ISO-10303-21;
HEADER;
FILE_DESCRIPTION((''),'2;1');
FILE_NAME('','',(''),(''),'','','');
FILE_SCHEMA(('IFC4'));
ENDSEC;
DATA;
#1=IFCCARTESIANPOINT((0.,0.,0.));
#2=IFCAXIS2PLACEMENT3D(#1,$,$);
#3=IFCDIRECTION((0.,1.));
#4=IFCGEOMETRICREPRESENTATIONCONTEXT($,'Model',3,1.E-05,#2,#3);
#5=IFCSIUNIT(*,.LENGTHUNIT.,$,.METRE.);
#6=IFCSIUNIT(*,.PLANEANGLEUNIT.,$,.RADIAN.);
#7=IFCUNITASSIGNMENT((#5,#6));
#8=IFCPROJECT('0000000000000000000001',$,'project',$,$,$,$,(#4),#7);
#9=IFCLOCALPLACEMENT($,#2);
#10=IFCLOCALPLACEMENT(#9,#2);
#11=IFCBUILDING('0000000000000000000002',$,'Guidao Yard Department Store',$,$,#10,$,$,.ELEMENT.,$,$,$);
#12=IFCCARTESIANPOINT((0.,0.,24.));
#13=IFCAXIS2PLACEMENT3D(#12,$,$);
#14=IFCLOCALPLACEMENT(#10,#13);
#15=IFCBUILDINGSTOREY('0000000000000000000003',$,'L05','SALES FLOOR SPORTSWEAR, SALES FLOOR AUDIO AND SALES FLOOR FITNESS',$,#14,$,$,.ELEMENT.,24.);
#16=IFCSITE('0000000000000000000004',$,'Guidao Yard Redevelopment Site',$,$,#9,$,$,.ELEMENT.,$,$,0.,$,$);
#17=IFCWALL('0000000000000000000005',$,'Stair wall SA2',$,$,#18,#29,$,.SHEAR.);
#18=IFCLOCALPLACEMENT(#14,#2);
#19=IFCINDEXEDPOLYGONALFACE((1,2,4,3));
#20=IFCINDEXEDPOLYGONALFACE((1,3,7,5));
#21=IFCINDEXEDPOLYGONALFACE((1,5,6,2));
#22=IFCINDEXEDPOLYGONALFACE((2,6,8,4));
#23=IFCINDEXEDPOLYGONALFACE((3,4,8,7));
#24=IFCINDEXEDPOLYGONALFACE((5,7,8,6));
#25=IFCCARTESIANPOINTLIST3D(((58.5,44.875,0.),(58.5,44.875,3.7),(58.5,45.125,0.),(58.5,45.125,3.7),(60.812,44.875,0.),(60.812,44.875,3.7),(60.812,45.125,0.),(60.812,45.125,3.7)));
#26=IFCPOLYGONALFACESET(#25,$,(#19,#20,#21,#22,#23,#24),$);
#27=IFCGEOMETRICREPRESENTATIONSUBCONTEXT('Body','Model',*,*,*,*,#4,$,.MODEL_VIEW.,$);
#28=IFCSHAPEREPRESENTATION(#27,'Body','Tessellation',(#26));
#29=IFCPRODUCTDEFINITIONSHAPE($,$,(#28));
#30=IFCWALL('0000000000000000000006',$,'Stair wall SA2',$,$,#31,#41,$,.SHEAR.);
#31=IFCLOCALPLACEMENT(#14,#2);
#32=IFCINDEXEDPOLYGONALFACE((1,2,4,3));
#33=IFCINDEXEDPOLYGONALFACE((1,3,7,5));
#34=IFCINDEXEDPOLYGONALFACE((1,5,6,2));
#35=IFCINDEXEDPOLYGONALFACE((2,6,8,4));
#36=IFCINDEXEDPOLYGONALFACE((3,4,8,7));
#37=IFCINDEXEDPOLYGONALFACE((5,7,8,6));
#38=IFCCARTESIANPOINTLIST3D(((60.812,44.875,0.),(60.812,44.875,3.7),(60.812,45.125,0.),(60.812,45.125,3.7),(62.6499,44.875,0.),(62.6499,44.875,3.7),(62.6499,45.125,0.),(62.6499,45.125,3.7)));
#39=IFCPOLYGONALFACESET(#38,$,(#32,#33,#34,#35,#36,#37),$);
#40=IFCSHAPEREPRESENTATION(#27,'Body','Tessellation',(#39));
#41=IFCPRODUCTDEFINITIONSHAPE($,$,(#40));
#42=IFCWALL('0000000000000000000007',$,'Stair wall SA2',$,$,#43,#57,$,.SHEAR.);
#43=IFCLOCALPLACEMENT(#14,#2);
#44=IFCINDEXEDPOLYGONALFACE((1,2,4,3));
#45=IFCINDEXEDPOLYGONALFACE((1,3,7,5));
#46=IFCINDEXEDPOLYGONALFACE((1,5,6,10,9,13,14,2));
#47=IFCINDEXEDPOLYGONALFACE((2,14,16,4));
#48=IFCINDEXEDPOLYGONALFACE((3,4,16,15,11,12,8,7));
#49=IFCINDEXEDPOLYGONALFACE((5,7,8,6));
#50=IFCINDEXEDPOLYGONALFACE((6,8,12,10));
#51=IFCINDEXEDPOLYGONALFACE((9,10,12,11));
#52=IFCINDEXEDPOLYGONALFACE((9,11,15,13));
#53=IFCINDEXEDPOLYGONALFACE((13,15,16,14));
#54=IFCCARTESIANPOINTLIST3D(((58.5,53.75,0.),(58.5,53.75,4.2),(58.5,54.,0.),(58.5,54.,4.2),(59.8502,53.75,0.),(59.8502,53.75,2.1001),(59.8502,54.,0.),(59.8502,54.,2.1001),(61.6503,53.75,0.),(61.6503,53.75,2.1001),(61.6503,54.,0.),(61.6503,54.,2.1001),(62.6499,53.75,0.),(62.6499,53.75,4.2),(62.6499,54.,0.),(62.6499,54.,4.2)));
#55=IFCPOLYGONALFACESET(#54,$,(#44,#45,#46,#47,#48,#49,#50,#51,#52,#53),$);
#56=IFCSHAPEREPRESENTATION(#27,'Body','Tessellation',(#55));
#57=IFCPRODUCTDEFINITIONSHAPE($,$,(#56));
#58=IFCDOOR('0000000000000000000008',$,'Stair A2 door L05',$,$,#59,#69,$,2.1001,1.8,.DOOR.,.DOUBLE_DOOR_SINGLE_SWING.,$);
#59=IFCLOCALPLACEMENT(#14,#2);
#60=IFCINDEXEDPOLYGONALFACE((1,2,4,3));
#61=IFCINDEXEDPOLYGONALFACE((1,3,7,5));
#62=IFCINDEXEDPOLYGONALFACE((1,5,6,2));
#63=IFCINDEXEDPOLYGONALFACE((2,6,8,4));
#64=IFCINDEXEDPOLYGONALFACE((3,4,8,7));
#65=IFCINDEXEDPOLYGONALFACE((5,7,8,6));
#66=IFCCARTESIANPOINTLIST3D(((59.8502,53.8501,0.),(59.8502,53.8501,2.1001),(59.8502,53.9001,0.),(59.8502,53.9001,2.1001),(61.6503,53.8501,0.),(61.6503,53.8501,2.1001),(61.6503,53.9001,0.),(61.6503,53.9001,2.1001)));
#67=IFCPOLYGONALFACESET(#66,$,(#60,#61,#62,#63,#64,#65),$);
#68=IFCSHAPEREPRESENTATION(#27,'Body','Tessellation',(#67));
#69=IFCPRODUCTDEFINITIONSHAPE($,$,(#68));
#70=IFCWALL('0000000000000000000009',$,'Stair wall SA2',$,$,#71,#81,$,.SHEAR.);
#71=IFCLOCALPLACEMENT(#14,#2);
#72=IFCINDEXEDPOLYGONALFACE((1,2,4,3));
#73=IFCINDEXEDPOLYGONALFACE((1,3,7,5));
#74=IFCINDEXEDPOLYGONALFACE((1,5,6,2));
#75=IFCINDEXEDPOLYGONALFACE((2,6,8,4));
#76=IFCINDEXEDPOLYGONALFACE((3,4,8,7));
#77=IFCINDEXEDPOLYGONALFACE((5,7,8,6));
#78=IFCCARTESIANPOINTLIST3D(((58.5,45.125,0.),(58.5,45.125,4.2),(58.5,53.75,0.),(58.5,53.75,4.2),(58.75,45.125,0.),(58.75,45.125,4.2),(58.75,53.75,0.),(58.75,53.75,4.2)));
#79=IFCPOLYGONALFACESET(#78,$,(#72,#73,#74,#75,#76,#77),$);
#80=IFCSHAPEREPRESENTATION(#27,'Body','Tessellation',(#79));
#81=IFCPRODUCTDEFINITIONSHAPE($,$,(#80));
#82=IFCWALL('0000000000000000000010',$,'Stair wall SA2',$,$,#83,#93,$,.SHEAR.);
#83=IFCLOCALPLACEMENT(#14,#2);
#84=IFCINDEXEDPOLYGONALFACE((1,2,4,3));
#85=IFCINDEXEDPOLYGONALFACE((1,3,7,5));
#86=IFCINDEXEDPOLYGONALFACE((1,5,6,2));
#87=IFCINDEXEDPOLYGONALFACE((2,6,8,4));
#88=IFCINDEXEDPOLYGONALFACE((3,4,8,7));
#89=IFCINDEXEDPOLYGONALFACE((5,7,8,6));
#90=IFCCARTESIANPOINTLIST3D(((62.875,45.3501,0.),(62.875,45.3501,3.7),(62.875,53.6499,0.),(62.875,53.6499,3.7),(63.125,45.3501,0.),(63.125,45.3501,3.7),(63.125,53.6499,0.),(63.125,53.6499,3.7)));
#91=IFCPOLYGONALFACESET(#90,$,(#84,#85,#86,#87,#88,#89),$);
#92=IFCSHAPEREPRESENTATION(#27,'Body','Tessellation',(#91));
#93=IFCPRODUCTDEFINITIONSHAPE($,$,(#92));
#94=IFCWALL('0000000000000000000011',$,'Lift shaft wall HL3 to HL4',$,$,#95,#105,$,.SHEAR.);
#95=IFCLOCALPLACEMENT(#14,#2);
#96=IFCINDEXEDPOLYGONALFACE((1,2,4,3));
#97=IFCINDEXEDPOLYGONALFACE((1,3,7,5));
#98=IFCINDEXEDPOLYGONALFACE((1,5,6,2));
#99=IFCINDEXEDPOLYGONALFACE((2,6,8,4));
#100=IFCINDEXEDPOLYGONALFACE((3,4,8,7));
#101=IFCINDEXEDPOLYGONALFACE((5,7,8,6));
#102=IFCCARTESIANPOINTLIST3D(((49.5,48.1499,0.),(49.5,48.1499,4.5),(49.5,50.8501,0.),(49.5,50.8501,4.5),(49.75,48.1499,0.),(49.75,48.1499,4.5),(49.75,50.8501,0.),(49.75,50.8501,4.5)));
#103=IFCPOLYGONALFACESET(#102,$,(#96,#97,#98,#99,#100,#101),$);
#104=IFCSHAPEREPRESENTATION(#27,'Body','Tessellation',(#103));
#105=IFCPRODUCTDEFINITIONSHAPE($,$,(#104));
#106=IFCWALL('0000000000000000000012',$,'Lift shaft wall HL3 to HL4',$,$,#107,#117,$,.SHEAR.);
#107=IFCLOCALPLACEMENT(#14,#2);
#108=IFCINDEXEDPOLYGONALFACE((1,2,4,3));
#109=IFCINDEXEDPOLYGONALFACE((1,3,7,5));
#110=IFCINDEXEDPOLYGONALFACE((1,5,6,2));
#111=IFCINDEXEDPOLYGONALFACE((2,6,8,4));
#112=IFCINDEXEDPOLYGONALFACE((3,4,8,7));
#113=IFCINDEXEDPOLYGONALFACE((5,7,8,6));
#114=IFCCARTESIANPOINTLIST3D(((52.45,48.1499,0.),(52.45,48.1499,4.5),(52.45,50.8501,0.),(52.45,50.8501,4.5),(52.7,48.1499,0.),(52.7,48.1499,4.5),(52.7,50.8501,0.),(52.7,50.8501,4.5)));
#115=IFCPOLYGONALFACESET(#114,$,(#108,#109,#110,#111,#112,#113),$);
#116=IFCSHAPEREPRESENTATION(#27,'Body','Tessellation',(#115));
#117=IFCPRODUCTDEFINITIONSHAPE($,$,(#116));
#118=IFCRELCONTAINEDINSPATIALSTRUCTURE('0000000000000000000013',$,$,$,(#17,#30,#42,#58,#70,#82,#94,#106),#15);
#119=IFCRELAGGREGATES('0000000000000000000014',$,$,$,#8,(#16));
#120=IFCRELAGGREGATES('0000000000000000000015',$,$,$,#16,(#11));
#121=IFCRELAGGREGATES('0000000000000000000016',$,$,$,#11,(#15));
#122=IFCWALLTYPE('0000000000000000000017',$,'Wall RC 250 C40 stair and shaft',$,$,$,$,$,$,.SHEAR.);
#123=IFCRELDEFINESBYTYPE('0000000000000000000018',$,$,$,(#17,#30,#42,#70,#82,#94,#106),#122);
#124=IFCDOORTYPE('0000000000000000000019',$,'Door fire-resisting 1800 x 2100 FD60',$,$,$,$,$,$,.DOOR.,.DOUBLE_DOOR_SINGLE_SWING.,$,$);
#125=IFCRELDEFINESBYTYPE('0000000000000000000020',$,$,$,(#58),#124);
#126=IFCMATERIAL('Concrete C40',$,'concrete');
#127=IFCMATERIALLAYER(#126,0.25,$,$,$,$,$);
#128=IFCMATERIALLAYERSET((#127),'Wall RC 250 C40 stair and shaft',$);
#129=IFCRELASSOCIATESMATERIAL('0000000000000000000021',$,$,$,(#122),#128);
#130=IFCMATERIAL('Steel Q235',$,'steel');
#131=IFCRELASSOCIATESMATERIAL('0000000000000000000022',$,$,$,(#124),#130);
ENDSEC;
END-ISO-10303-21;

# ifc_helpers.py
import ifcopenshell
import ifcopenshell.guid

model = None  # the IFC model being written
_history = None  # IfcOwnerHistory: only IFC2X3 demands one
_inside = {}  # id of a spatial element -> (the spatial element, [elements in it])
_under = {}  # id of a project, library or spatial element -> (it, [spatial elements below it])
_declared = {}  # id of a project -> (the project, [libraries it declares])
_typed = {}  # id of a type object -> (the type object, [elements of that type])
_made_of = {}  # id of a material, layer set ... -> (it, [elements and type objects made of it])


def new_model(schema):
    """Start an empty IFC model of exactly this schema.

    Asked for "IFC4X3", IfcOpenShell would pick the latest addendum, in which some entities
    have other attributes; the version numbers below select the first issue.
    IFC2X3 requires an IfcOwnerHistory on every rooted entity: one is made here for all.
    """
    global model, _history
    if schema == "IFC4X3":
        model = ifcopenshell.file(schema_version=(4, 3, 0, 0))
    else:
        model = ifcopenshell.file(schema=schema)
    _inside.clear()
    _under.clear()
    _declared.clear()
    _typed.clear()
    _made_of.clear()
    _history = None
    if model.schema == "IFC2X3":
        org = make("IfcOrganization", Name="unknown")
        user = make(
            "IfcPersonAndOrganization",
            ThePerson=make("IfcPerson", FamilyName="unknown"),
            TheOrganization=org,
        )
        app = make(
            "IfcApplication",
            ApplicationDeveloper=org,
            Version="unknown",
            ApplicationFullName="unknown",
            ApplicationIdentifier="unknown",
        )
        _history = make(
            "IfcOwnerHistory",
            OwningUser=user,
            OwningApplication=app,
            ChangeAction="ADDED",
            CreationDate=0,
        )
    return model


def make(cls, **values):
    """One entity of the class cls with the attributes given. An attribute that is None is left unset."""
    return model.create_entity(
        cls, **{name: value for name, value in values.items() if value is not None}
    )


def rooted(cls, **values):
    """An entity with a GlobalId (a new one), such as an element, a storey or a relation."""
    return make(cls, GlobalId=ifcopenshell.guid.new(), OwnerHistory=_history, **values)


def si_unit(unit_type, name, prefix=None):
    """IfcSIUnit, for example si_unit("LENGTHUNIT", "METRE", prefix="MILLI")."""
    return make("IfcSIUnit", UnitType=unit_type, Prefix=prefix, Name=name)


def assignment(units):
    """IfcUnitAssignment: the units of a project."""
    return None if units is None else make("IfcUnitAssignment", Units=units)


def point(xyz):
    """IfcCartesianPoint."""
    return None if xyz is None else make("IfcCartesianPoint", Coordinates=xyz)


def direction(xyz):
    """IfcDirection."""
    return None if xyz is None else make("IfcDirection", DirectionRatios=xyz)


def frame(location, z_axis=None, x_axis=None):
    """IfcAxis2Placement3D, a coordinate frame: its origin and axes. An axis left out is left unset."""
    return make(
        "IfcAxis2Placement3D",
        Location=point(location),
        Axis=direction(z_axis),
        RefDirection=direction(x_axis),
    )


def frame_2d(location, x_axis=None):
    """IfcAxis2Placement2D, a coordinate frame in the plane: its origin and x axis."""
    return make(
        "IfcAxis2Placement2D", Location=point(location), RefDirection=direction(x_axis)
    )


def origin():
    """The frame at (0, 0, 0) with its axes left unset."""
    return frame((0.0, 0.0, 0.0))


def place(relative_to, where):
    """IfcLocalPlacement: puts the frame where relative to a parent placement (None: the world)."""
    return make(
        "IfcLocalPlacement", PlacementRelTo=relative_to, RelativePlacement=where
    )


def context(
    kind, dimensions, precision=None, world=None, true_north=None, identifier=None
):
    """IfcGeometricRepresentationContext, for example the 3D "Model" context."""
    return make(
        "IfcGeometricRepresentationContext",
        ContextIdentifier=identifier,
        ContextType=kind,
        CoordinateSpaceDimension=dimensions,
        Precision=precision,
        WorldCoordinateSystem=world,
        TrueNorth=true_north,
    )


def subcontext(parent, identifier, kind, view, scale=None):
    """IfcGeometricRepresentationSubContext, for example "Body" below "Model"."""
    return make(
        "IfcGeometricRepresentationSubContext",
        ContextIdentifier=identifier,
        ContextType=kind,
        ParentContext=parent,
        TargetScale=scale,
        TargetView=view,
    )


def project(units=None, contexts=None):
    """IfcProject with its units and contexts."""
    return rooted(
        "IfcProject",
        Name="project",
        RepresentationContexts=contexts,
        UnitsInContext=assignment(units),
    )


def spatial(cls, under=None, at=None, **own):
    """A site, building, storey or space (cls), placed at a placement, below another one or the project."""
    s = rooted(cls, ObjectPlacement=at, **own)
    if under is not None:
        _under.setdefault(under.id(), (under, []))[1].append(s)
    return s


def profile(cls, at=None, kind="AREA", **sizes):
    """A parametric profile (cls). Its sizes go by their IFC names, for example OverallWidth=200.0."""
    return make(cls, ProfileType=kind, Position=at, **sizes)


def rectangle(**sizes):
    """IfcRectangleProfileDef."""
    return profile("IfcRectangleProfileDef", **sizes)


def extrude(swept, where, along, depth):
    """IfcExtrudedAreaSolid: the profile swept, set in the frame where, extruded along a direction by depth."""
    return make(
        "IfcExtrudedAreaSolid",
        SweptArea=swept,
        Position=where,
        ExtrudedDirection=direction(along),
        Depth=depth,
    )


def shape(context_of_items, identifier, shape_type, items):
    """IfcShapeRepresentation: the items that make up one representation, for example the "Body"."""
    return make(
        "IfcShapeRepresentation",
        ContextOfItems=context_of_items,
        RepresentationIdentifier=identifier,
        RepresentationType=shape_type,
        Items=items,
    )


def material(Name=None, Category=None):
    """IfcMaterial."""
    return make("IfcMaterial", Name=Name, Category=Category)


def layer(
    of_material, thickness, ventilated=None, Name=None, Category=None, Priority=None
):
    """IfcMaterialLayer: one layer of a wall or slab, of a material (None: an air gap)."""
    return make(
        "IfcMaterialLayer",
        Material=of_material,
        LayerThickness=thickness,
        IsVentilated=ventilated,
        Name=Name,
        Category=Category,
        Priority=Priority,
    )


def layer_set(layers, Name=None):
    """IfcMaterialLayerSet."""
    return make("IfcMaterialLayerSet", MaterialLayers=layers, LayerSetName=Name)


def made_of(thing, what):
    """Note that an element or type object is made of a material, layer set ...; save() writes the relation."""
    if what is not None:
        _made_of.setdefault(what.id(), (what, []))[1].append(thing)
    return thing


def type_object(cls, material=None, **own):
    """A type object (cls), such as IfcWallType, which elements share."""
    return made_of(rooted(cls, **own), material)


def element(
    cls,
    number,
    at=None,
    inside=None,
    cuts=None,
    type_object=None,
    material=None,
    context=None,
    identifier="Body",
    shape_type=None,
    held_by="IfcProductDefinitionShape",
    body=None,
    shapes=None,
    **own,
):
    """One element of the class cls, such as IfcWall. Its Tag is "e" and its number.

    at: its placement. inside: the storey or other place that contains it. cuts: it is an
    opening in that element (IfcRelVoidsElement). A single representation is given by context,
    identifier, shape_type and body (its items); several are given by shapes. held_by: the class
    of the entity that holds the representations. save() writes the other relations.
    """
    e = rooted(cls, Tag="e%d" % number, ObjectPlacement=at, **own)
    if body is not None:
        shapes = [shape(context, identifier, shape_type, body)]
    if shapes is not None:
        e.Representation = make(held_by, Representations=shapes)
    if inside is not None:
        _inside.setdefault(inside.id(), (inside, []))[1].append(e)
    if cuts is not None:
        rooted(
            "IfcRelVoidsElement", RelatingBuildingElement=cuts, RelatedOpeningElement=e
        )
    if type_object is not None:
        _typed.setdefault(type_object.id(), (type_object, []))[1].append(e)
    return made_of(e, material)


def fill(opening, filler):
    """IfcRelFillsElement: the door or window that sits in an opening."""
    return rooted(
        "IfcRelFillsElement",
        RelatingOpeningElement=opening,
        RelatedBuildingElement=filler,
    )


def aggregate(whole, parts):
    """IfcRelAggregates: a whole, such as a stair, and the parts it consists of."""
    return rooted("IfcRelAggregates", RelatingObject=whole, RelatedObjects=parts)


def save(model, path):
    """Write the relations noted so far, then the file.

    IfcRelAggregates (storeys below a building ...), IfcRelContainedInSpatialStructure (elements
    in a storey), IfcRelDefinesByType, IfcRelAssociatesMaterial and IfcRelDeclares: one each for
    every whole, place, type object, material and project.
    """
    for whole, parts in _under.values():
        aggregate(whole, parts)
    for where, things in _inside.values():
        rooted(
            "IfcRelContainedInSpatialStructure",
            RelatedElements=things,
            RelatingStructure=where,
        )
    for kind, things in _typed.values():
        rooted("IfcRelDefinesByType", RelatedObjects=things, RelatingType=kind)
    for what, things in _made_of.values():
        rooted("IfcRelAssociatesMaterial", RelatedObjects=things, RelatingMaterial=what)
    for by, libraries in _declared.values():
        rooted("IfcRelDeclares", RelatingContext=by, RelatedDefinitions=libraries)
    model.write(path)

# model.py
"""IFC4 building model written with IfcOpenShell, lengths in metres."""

from ifc_helpers import new_model, si_unit, direction, frame, frame_2d, origin, place, context, subcontext, project, spatial, rectangle, extrude, material, layer, layer_set, type_object, element, fill, save


model = new_model("IFC4")

# Units and contexts
model_context = context("Model", 3, precision=1e-05, world=origin(), true_north=direction((0.0, 1.0)))
body_context = subcontext(model_context, "Body", "Model", "MODEL_VIEW")
ifc_project = project(units=[si_unit("LENGTHUNIT", "METRE"), si_unit("PLANEANGLEUNIT", "RADIAN")], contexts=[model_context])

# Site, building, storey
site_placement = place(None, origin())
site = spatial("IfcSite", under=ifc_project, at=site_placement, Name="Guidao Yard Redevelopment Site", CompositionType="ELEMENT", RefElevation=0.0)
building_placement = place(site_placement, origin())
building = spatial("IfcBuilding", under=site, at=building_placement, Name="Guidao Yard Department Store", CompositionType="ELEMENT")
storey_placement = place(building_placement, frame((0.0, 0.0, 24.0)))
storey = spatial("IfcBuildingStorey", under=building, at=storey_placement, Name="L05", Description="SALES FLOOR SPORTSWEAR, SALES FLOOR AUDIO AND SALES FLOOR FITNESS", CompositionType="ELEMENT", Elevation=24.0)

# Walls
ifc_material_1 = material(Name="Concrete C40", Category="concrete")
ifc_layer_1 = layer(ifc_material_1, 0.25)
ifc_layer_set_1 = layer_set([ifc_layer_1], Name="Wall RC 250 C40 stair and shaft")
wall_type_1 = type_object("IfcWallType", Name="Wall RC 250 C40 stair and shaft", PredefinedType="SHEAR", material=ifc_layer_set_1)
wall_1_placement = place(storey_placement, frame((58.5, 45.0, 0.0), z_axis=(0.0, 0.0, 1.0), x_axis=(1.0, 0.0, 0.0)))
element("IfcWall", 1, at=wall_1_placement, inside=storey, type_object=wall_type_1, Name="Stair wall SA2", PredefinedType="SHEAR", context=body_context, shape_type="SweptSolid", body=[
    extrude(rectangle(XDim=2.312, YDim=0.25, at=frame_2d((1.156, 0.0))), origin(), (0.0, 0.0, 1.0), 3.7),
])
wall_2_placement = place(storey_placement, frame((60.812, 45.0, 0.0), z_axis=(0.0, 0.0, 1.0), x_axis=(1.0, 0.0, 0.0)))
element("IfcWall", 2, at=wall_2_placement, inside=storey, type_object=wall_type_1, Name="Stair wall SA2", PredefinedType="SHEAR", context=body_context, shape_type="SweptSolid", body=[
    extrude(rectangle(XDim=1.8379, YDim=0.25, at=frame_2d((0.9189, 0.0))), origin(), (0.0, 0.0, 1.0), 3.7),
])

# Wall, opening, door
wall_3_placement = place(storey_placement, frame((58.5, 53.875, 0.0), z_axis=(0.0, 0.0, 1.0), x_axis=(1.0, 0.0, 0.0)))
wall_3 = element("IfcWall", 3, at=wall_3_placement, inside=storey, type_object=wall_type_1, Name="Stair wall SA2", PredefinedType="SHEAR", context=body_context, shape_type="SweptSolid", body=[
    extrude(rectangle(XDim=4.1499, YDim=0.25, at=frame_2d((2.075, 0.0))), origin(), (0.0, 0.0, 1.0), 4.2),
])
opening_1_placement = place(wall_3_placement, frame((3.1501, 0.0, 0.0), z_axis=(0.0, 0.0, 1.0), x_axis=(-1.0, 0.0, 0.0)))
opening_1 = element("IfcOpeningElement", 4, at=opening_1_placement, cuts=wall_3, PredefinedType="OPENING", context=body_context, shape_type="SweptSolid", body=[
    extrude(rectangle(XDim=1.8, YDim=2.1001, at=frame_2d((0.8999, 1.05))), frame((0.0, 0.135, 0.0), z_axis=(0.0, -1.0, 0.0), x_axis=(1.0, 0.0, 0.0)), (0.0, 0.0, 1.0), 0.27),
])
ifc_material_2 = material(Name="Steel Q235", Category="steel")
door_type = type_object("IfcDoorType", Name="Door fire-resisting 1800 x 2100 FD60", OperationType="DOUBLE_DOOR_SINGLE_SWING", PredefinedType="DOOR", material=ifc_material_2)
door_placement = place(opening_1_placement, origin())
door = element("IfcDoor", 5, at=door_placement, inside=storey, type_object=door_type, Name="Stair A2 door L05", OperationType="DOUBLE_DOOR_SINGLE_SWING", OverallHeight=2.1001, OverallWidth=1.8, PredefinedType="DOOR", context=body_context, shape_type="SweptSolid", body=[
    extrude(rectangle(XDim=1.8, YDim=2.1001, at=frame_2d((0.8999, 1.05))), frame((0.0, 0.0249, 0.0), z_axis=(0.0, -1.0, 0.0), x_axis=(1.0, 0.0, 0.0)), (0.0, 0.0, 1.0), 0.05),
])
fill(opening_1, door)

# Walls
wall_4_placement = place(storey_placement, frame((58.625, 45.125, 0.0), z_axis=(0.0, 0.0, 1.0), x_axis=(0.0, 1.0, 0.0)))
element("IfcWall", 6, at=wall_4_placement, inside=storey, type_object=wall_type_1, Name="Stair wall SA2", PredefinedType="SHEAR", context=body_context, shape_type="SweptSolid", body=[
    extrude(rectangle(XDim=8.625, YDim=0.25, at=frame_2d((4.3125, 0.0))), origin(), (0.0, 0.0, 1.0), 4.2),
])
wall_5_placement = place(storey_placement, frame((63.0, 45.3501, 0.0), z_axis=(0.0, 0.0, 1.0), x_axis=(0.0, 1.0, 0.0)))
element("IfcWall", 7, at=wall_5_placement, inside=storey, type_object=wall_type_1, Name="Stair wall SA2", PredefinedType="SHEAR", context=body_context, shape_type="SweptSolid", body=[
    extrude(rectangle(XDim=8.2998, YDim=0.25, at=frame_2d((4.1499, 0.0))), origin(), (0.0, 0.0, 1.0), 3.7),
])
for number, where, z_axis, x_axis, name in (
    (8, (49.625, 48.1499, 0.0), (0.0, 0.0, 1.0), (0.0, 1.0, 0.0), "Lift shaft wall HL3 to HL4"),
    (9, (52.575, 48.1499, 0.0), (0.0, 0.0, 1.0), (0.0, 1.0, 0.0), "Lift shaft wall HL3 to HL4"),
):
    element("IfcWall", number, at=place(storey_placement, frame(where, z_axis=z_axis, x_axis=x_axis)), inside=storey, type_object=wall_type_1, Name=name, PredefinedType="SHEAR", context=body_context, shape_type="SweptSolid", body=[
        extrude(rectangle(XDim=2.7002, YDim=0.25, at=frame_2d((1.3501, 0.0))), origin(), (0.0, 0.0, 1.0), 4.5),
    ])

save(model, "model.ifc")
